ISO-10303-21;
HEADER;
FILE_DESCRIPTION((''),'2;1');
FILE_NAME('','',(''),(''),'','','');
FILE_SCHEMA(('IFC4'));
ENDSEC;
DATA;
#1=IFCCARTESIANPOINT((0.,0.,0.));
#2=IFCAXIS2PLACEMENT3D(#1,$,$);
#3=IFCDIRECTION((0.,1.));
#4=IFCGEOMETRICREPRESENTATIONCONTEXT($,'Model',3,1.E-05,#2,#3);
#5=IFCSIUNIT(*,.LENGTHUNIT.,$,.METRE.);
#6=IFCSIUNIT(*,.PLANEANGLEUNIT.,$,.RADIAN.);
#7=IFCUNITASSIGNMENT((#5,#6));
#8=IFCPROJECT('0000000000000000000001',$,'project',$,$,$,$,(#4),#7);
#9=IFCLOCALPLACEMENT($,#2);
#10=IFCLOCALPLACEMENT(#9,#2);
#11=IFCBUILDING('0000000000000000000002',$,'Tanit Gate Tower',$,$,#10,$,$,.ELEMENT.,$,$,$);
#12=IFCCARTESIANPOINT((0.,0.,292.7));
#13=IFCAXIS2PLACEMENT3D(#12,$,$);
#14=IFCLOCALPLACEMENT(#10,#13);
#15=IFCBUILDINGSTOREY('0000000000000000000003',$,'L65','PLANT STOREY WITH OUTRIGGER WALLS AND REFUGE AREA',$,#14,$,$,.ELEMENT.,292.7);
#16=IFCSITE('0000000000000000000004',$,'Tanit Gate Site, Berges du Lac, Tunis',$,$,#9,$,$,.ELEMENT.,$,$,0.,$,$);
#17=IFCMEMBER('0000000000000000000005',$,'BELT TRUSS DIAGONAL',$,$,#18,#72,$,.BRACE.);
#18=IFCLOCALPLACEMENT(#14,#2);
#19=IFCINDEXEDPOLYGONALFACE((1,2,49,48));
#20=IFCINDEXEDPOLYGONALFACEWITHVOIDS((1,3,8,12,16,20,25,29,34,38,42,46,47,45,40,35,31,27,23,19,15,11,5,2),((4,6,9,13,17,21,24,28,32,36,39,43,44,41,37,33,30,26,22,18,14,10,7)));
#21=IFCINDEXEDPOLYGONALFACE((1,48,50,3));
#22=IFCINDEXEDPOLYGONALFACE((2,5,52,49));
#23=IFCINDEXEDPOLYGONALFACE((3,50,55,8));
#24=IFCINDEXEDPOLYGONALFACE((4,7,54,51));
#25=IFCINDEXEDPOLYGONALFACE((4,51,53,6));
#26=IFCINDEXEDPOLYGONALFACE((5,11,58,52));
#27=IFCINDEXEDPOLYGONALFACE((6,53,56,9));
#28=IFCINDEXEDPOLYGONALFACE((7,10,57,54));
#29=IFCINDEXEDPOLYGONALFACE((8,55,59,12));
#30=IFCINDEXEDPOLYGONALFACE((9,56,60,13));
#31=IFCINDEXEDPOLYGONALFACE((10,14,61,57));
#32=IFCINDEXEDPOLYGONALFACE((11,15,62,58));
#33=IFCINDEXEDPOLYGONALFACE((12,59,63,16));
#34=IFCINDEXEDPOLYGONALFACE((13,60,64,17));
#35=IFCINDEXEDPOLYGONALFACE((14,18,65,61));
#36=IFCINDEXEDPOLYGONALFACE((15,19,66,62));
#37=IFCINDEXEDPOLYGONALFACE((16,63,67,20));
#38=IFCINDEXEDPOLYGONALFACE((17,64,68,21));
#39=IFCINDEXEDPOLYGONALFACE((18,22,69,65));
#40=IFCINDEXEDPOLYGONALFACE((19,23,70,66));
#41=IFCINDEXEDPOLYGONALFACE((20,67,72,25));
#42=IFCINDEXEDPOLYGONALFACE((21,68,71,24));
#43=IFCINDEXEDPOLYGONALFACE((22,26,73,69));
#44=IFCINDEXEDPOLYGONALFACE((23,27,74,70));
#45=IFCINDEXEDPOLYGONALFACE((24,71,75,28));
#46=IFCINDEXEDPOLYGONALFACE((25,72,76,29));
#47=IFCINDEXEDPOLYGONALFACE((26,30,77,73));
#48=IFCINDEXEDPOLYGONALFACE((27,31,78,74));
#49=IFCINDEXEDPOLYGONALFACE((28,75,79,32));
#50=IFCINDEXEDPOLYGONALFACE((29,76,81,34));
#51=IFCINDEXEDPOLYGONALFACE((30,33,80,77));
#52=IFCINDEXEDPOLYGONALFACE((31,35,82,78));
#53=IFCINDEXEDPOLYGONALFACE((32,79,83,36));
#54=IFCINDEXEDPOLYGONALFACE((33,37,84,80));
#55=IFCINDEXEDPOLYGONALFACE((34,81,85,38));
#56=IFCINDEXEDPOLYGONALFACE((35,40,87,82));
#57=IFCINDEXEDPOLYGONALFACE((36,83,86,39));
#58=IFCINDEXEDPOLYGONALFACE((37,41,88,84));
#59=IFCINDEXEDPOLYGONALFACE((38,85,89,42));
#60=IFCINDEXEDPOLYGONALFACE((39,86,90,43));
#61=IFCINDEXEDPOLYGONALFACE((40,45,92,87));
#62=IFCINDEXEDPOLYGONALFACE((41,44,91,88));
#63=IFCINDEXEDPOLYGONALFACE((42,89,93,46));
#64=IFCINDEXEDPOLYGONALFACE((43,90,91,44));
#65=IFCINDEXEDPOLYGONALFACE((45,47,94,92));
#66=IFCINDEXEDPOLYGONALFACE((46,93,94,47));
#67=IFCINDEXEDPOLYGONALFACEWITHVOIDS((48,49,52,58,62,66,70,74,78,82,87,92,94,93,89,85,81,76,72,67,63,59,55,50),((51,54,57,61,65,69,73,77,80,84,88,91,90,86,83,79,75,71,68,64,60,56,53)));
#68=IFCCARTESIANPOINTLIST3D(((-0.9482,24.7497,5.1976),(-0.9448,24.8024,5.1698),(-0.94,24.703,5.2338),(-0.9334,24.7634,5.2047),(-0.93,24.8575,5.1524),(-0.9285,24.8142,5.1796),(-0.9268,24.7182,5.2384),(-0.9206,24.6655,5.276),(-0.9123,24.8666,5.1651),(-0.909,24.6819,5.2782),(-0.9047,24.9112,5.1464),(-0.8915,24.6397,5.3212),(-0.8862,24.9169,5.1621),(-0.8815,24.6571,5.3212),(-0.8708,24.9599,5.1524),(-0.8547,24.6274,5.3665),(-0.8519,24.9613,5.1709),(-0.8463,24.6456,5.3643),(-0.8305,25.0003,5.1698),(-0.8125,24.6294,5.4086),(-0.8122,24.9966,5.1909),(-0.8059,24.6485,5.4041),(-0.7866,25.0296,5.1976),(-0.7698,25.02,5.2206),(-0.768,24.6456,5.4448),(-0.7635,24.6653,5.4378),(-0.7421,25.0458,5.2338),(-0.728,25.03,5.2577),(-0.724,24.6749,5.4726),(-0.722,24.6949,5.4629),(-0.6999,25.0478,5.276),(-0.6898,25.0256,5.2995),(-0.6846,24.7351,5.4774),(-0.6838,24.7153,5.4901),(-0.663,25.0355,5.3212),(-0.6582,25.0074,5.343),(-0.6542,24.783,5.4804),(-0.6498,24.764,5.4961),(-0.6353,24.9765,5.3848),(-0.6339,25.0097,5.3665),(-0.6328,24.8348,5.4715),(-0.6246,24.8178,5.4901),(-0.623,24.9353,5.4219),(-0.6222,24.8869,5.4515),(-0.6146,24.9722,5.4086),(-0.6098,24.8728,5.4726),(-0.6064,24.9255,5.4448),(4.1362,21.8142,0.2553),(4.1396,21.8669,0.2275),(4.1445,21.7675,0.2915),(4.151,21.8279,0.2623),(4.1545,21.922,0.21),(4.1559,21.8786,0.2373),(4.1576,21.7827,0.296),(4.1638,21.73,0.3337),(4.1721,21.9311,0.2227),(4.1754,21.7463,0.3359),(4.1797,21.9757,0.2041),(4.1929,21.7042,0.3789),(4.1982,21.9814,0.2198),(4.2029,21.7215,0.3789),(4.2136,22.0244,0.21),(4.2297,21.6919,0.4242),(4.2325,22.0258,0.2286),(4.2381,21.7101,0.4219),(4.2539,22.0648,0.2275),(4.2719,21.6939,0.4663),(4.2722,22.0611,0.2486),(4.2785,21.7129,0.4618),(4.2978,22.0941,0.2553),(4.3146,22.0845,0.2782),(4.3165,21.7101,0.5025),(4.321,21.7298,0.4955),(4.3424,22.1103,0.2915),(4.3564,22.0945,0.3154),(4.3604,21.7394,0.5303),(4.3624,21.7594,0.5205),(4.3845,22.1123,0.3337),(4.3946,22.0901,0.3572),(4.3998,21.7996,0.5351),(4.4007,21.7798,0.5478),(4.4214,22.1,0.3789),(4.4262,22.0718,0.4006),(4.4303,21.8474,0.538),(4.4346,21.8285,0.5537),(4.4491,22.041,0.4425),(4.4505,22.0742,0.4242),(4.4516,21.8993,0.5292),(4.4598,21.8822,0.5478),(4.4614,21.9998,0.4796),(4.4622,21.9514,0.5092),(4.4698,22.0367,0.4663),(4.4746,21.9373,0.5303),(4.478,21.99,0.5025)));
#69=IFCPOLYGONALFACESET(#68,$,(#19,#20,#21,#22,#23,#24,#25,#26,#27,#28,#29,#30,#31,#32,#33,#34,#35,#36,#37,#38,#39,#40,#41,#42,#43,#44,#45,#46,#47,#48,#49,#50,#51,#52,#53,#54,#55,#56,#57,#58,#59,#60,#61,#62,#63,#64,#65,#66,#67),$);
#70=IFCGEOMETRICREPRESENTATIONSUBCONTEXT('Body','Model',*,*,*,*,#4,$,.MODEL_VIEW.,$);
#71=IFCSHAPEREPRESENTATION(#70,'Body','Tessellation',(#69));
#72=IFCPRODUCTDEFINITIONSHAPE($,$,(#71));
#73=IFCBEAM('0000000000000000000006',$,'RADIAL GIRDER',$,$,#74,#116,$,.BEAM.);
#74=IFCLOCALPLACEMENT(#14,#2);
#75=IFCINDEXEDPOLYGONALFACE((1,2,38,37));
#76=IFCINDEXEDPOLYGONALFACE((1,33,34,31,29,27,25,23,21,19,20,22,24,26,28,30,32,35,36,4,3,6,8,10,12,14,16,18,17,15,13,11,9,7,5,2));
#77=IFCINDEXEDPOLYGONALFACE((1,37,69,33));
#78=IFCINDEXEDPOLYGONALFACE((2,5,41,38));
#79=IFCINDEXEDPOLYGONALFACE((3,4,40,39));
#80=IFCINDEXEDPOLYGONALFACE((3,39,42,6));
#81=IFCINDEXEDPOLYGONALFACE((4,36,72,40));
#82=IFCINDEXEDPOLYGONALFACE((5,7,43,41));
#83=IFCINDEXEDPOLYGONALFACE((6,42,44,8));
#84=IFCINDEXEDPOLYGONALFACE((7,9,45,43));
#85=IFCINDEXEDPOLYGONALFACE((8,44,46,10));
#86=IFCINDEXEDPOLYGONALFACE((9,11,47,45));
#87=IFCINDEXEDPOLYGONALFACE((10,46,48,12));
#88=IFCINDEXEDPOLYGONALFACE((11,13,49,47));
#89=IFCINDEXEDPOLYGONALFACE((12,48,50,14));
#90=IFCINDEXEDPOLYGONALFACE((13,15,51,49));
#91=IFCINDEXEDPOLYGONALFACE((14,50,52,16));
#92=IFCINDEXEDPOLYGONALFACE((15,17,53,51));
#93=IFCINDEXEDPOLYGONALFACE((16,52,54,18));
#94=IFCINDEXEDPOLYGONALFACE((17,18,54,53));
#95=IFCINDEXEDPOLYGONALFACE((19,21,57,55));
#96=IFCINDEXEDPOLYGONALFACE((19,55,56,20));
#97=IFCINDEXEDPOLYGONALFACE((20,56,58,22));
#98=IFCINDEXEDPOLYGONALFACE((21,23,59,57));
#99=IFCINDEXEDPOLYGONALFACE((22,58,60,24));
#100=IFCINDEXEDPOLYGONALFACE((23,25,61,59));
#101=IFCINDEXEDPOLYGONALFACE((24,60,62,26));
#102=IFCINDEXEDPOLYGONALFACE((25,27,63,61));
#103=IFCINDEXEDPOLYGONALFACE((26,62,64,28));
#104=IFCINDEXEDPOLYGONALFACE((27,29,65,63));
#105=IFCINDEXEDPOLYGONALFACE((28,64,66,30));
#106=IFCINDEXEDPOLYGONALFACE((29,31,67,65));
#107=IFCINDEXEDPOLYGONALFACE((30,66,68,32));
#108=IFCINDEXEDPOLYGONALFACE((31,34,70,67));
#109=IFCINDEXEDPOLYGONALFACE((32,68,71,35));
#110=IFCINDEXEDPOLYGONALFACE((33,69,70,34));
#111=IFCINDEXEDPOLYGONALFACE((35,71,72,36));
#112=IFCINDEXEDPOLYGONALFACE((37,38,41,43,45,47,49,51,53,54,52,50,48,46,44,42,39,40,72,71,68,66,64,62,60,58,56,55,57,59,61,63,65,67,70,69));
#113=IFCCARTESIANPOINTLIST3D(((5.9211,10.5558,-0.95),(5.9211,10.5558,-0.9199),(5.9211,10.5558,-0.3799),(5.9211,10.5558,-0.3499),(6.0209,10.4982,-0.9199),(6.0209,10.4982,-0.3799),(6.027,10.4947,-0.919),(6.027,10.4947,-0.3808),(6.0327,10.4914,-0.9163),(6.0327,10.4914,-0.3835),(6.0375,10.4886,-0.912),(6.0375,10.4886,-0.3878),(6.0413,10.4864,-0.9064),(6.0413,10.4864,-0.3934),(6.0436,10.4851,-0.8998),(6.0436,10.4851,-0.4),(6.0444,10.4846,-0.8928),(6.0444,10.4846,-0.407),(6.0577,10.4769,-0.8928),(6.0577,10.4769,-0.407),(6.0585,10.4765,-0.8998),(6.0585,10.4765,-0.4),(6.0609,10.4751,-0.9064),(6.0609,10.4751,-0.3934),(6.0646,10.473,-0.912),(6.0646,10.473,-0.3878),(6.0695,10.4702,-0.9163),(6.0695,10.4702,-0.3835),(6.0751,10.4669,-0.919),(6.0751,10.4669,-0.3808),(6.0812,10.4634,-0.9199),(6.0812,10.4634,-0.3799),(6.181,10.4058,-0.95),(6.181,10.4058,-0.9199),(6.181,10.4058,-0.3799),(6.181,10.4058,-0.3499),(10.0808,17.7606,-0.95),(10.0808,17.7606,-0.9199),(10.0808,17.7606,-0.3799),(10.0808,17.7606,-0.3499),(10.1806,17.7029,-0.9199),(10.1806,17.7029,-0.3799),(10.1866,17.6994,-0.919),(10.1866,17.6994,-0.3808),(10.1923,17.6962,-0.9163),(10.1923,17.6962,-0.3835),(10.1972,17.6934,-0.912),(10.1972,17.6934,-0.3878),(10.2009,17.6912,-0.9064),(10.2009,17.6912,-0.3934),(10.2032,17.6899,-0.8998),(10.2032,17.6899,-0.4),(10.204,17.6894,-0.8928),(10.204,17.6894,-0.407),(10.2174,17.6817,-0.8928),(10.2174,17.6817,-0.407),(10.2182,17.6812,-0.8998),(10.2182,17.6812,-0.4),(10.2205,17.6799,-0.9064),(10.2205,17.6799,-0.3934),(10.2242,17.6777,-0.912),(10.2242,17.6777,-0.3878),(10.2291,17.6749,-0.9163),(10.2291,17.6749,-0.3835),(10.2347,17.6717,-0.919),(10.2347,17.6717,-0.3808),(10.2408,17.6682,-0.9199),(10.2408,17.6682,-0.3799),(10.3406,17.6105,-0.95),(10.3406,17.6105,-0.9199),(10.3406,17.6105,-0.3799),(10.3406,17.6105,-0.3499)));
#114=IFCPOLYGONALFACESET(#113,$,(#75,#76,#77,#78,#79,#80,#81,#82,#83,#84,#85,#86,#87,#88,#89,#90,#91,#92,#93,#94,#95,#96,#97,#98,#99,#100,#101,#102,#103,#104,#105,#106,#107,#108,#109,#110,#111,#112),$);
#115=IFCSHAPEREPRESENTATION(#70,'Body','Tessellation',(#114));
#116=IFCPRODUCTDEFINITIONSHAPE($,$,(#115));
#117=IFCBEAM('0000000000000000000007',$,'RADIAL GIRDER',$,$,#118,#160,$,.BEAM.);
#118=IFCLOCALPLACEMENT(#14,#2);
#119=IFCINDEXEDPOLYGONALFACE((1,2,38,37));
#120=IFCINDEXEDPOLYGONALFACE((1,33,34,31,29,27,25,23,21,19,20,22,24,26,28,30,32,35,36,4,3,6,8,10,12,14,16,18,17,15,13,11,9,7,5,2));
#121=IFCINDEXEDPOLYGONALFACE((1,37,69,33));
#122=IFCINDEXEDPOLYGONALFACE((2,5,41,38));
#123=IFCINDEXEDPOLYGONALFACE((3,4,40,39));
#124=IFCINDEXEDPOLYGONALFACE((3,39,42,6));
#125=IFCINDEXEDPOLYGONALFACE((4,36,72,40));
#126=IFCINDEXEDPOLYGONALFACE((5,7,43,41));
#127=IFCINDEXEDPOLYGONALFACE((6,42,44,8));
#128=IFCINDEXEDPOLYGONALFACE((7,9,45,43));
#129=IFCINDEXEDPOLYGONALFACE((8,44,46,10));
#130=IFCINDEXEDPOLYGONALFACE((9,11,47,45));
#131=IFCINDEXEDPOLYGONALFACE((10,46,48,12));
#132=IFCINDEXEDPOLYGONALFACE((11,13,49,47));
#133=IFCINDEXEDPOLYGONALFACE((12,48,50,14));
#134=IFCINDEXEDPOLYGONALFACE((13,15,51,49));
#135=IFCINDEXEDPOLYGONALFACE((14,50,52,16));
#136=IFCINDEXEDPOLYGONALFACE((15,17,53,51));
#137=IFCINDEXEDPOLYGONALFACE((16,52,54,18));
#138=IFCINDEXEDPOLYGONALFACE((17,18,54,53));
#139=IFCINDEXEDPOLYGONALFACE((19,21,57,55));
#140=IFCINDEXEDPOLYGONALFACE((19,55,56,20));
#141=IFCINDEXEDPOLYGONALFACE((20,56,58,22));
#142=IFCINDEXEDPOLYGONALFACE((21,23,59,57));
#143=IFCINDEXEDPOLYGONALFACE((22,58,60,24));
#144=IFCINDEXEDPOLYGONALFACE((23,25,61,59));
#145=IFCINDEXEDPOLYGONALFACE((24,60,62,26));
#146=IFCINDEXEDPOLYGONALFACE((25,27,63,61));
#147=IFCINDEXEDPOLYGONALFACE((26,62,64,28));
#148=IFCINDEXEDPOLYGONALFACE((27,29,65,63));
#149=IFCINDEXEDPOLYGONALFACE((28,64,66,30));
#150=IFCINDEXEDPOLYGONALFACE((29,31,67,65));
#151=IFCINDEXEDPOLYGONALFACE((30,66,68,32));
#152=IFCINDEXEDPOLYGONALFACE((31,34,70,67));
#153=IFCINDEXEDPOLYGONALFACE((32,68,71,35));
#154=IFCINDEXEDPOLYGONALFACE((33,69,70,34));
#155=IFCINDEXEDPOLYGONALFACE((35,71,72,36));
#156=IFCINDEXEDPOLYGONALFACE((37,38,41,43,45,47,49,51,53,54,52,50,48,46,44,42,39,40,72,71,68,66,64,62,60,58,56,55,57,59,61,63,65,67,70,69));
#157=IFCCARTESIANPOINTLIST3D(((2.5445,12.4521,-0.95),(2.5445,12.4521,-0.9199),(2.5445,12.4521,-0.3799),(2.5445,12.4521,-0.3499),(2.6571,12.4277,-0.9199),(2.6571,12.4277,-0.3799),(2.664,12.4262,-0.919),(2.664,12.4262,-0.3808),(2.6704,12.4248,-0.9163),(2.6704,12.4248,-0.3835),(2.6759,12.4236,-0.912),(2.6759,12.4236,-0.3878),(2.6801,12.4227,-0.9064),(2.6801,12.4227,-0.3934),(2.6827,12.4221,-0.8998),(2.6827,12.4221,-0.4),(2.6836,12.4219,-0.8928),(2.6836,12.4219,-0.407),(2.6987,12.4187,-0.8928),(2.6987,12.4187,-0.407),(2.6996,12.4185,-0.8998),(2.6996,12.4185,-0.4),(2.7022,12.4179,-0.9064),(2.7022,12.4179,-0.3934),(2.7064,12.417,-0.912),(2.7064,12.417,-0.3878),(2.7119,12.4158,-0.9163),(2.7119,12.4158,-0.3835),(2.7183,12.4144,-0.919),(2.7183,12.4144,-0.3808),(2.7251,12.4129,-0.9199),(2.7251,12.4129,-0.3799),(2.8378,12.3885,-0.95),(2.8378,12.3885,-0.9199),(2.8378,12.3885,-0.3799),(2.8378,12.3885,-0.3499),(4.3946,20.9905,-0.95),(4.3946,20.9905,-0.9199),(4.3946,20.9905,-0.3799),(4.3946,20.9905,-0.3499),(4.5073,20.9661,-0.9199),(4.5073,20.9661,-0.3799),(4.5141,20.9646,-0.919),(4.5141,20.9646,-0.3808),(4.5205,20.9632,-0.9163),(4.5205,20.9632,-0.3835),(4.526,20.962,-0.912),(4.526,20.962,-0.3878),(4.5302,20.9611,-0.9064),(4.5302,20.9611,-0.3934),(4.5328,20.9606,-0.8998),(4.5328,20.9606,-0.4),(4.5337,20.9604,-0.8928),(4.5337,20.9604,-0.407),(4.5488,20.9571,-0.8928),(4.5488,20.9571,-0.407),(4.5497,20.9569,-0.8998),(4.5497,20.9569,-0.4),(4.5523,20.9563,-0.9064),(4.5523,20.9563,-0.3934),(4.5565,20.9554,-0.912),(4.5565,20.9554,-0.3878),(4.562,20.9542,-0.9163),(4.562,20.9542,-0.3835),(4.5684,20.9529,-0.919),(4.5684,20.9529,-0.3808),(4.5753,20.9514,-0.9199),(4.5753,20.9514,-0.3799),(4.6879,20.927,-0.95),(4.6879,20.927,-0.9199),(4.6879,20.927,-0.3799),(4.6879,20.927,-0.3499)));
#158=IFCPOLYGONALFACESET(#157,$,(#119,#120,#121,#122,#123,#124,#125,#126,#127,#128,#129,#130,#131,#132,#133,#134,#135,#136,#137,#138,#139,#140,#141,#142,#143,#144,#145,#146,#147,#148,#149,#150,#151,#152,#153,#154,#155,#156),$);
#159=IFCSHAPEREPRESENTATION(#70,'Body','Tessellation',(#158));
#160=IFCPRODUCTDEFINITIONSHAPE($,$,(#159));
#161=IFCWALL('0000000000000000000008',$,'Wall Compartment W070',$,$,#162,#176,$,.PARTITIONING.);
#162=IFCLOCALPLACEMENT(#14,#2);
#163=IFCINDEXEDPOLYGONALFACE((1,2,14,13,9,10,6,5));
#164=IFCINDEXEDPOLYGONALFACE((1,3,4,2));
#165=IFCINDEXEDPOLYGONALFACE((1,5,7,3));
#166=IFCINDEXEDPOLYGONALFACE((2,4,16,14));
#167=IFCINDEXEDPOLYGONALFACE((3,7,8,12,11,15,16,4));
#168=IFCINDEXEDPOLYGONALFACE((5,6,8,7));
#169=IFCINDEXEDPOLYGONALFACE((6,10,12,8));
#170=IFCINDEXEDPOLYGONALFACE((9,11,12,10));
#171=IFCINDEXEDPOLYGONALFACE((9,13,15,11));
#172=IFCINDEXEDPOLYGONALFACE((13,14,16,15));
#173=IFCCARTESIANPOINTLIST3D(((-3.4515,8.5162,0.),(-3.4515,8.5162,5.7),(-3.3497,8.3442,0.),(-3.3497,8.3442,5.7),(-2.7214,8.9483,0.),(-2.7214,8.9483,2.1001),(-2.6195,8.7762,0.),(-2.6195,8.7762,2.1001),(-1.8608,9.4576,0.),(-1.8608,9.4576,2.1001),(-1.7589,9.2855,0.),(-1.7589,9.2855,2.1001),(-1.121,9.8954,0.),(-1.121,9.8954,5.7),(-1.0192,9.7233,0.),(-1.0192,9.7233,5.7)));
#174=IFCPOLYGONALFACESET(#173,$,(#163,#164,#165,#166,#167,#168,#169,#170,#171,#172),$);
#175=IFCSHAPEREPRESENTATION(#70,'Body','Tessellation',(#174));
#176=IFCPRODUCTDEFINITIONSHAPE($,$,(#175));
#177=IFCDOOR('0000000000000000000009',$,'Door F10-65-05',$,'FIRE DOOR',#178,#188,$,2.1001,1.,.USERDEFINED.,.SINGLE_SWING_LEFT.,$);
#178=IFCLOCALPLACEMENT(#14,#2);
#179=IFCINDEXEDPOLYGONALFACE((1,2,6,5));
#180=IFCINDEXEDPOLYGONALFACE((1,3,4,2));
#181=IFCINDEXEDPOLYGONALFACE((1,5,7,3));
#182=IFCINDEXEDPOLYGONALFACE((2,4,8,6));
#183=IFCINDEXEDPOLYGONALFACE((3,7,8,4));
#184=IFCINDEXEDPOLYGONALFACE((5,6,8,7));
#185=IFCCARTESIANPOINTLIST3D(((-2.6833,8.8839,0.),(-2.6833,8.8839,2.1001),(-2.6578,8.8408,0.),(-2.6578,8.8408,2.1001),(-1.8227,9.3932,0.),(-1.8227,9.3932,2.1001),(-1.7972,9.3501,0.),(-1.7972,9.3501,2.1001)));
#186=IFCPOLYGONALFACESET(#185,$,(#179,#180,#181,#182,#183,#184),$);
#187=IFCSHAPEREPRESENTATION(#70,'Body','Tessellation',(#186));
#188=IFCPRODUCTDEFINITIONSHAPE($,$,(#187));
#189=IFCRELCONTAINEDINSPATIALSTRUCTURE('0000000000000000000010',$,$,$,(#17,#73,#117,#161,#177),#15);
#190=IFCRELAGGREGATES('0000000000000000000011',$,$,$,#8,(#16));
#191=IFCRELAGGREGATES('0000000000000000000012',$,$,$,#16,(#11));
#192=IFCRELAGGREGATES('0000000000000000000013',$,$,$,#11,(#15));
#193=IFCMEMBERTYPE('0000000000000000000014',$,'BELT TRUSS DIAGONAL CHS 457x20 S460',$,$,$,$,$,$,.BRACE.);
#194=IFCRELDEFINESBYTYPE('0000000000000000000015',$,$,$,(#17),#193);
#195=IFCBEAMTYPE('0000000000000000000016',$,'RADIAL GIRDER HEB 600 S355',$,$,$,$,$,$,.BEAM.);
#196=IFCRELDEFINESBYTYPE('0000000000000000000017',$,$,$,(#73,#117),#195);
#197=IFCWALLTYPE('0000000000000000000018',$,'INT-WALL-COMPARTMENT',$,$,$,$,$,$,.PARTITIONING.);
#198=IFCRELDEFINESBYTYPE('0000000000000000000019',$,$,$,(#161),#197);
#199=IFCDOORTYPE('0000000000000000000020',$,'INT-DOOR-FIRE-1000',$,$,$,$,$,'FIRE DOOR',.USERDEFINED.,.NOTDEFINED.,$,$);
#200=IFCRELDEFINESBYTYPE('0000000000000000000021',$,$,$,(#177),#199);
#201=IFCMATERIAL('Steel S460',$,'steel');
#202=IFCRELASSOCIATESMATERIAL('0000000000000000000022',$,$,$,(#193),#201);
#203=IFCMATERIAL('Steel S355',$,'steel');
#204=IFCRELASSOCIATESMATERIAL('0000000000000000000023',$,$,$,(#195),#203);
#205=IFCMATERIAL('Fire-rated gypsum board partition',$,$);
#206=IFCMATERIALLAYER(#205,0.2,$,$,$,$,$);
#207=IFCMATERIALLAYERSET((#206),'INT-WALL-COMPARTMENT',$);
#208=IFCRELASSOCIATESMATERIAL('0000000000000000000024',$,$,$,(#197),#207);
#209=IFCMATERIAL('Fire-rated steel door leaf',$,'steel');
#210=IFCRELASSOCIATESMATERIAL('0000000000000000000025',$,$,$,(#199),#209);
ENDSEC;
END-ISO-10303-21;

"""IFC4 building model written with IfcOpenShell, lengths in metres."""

from ifc_helpers import new_model, si_unit, direction, frame, frame_2d, origin, origin_2d, place, context, subcontext, project, spatial, rectangle, hollow_circle, i_section, extrude, material, layer, layer_set, material_profile, profile_set, type_object, element, fill, save


model = new_model("IFC4")

# Units and contexts
model_context = context("Model", 3, precision=1e-05, world=origin(), true_north=direction((0.0, 1.0)))
body_context = subcontext(model_context, "Body", "Model", "MODEL_VIEW")
ifc_project = project(units=[si_unit("LENGTHUNIT", "METRE"), si_unit("PLANEANGLEUNIT", "RADIAN")], contexts=[model_context])

# Site, building, storey
site_placement = place(None, origin())
site = spatial("IfcSite", under=ifc_project, at=site_placement, Name="Tanit Gate Site, Berges du Lac, Tunis", CompositionType="ELEMENT", RefElevation=0.0)
building_placement = place(site_placement, origin())
building = spatial("IfcBuilding", under=site, at=building_placement, Name="Tanit Gate Tower", CompositionType="ELEMENT")
storey_placement = place(building_placement, frame((0.0, 0.0, 292.7)))
storey = spatial("IfcBuildingStorey", under=building, at=storey_placement, Name="L65", Description="PLANT STOREY WITH OUTRIGGER WALLS AND REFUGE AREA", CompositionType="ELEMENT", Elevation=292.7)

# Member
ifc_material_1 = material(Name="Steel S460", Category="steel")
ifc_material_profile_1 = material_profile(ifc_material_1, hollow_circle(Radius=0.2285, WallThickness=0.02, at=origin_2d()), Name="CHS 457x20")
ifc_profile_set_1 = profile_set([ifc_material_profile_1], Name="Steel S460")
member_type = type_object("IfcMemberType", Name="BELT TRUSS DIAGONAL CHS 457x20 S460", PredefinedType="BRACE", material=ifc_profile_set_1)
for number, where, z_axis, x_axis, name in (
    (1, (4.3071, 21.9021, 0.3789), (-0.662524, 0.382511, 0.644009), (-0.500003, -0.866024, 0.0), "BELT TRUSS DIAGONAL"),
):
    element("IfcMember", number, at=place(storey_placement, frame(where, z_axis=z_axis, x_axis=x_axis)), inside=storey, type_object=member_type, Name=name, PredefinedType="BRACE", context=body_context, shape_type="SweptSolid", body=[
        extrude(hollow_circle(Radius=0.2285, WallThickness=0.02, at=origin_2d()), origin(), (0.0, 0.0, 1.0), 7.6743),
    ])

# Beams
ifc_material_2 = material(Name="Steel S355", Category="steel")
ifc_material_profile_2 = material_profile(ifc_material_2, i_section(OverallWidth=0.3, OverallDepth=0.6001, WebThickness=0.0154, FlangeThickness=0.03, FilletRadius=0.0271, at=origin_2d()), Name="HEB 600")
ifc_profile_set_2 = profile_set([ifc_material_profile_2], Name="Steel S355")
beam_type_1 = type_object("IfcBeamType", Name="RADIAL GIRDER HEB 600 S355", PredefinedType="BEAM", material=ifc_profile_set_2)
beam_1_placement = place(storey_placement, frame((10.2107, 17.6855, -0.6499), z_axis=(-0.499996, -0.866028, 0.0), x_axis=(0.866028, -0.499996, 0.0)))
element("IfcBeam", 2, at=beam_1_placement, inside=storey, type_object=beam_type_1, Name="RADIAL GIRDER", PredefinedType="BEAM", context=body_context, shape_type="SweptSolid", body=[
    extrude(i_section(OverallWidth=0.3, OverallDepth=0.6001, WebThickness=0.0154, FlangeThickness=0.03, FilletRadius=0.0271, at=origin_2d()), origin(), (0.0, 0.0, 1.0), 8.3193),
])
beam_2_placement = place(storey_placement, frame((4.5413, 20.9587, -0.6499), z_axis=(-0.211767, -0.97732, 0.0), x_axis=(0.97732, -0.211767, 0.0)))
element("IfcBeam", 3, at=beam_2_placement, inside=storey, type_object=beam_type_1, Name="RADIAL GIRDER", PredefinedType="BEAM", context=body_context, shape_type="SweptSolid", body=[
    extrude(i_section(OverallWidth=0.3, OverallDepth=0.6001, WebThickness=0.0154, FlangeThickness=0.03, FilletRadius=0.0271, at=origin_2d()), origin(), (0.0, 0.0, 1.0), 8.7366),
])

# Wall, opening, door
ifc_material_3 = material(Name="Fire-rated gypsum board partition")
ifc_layer_1 = layer(ifc_material_3, 0.2)
ifc_layer_set_1 = layer_set([ifc_layer_1], Name="INT-WALL-COMPARTMENT")
wall_type_1 = type_object("IfcWallType", Name="INT-WALL-COMPARTMENT", PredefinedType="PARTITIONING", material=ifc_layer_set_1)
wall_1_placement = place(storey_placement, frame((-1.0701, 9.8093, 0.0), z_axis=(0.0, 0.0, 1.0), x_axis=(-0.860603, -0.509276, 0.0)))
wall_1 = element("IfcWall", 4, at=wall_1_placement, inside=storey, type_object=wall_type_1, Name="Wall Compartment W070", PredefinedType="PARTITIONING", context=body_context, shape_type="SweptSolid", body=[
    extrude(rectangle(XDim=2.708, YDim=0.2, at=frame_2d((1.354, 0.0))), origin(), (0.0, 0.0, 1.0), 5.7),
])
opening_1_placement = place(wall_1_placement, frame((0.8596, 0.0, 0.0)))
opening_1 = element("IfcOpeningElement", 5, at=opening_1_placement, cuts=wall_1, PredefinedType="OPENING", context=body_context, shape_type="SweptSolid", body=[
    extrude(rectangle(XDim=1.0, YDim=2.1001, at=frame_2d((0.5, 1.05))), frame((0.0, 0.1099, 0.0), z_axis=(0.0, -1.0, 0.0), x_axis=(1.0, 0.0, 0.0)), (0.0, 0.0, 1.0), 0.22),
])
ifc_material_4 = material(Name="Fire-rated steel door leaf", Category="steel")
door_type_1 = type_object("IfcDoorType", Name="INT-DOOR-FIRE-1000", ElementType="FIRE DOOR", OperationType="NOTDEFINED", PredefinedType="USERDEFINED", material=ifc_material_4)
door_1_placement = place(opening_1_placement, origin())
door_1 = element("IfcDoor", 6, at=door_1_placement, inside=storey, type_object=door_type_1, Name="Door F10-65-05", ObjectType="FIRE DOOR", OperationType="SINGLE_SWING_LEFT", OverallHeight=2.1001, OverallWidth=1.0, PredefinedType="USERDEFINED", context=body_context, shape_type="SweptSolid", body=[
    extrude(rectangle(XDim=1.0, YDim=2.1001, at=frame_2d((0.5, 1.05))), frame((0.0, 0.0249, 0.0), z_axis=(0.0, -1.0, 0.0), x_axis=(1.0, 0.0, 0.0)), (0.0, 0.0, 1.0), 0.05),
])
fill(opening_1, door_1)

save(model, "model.ifc")
